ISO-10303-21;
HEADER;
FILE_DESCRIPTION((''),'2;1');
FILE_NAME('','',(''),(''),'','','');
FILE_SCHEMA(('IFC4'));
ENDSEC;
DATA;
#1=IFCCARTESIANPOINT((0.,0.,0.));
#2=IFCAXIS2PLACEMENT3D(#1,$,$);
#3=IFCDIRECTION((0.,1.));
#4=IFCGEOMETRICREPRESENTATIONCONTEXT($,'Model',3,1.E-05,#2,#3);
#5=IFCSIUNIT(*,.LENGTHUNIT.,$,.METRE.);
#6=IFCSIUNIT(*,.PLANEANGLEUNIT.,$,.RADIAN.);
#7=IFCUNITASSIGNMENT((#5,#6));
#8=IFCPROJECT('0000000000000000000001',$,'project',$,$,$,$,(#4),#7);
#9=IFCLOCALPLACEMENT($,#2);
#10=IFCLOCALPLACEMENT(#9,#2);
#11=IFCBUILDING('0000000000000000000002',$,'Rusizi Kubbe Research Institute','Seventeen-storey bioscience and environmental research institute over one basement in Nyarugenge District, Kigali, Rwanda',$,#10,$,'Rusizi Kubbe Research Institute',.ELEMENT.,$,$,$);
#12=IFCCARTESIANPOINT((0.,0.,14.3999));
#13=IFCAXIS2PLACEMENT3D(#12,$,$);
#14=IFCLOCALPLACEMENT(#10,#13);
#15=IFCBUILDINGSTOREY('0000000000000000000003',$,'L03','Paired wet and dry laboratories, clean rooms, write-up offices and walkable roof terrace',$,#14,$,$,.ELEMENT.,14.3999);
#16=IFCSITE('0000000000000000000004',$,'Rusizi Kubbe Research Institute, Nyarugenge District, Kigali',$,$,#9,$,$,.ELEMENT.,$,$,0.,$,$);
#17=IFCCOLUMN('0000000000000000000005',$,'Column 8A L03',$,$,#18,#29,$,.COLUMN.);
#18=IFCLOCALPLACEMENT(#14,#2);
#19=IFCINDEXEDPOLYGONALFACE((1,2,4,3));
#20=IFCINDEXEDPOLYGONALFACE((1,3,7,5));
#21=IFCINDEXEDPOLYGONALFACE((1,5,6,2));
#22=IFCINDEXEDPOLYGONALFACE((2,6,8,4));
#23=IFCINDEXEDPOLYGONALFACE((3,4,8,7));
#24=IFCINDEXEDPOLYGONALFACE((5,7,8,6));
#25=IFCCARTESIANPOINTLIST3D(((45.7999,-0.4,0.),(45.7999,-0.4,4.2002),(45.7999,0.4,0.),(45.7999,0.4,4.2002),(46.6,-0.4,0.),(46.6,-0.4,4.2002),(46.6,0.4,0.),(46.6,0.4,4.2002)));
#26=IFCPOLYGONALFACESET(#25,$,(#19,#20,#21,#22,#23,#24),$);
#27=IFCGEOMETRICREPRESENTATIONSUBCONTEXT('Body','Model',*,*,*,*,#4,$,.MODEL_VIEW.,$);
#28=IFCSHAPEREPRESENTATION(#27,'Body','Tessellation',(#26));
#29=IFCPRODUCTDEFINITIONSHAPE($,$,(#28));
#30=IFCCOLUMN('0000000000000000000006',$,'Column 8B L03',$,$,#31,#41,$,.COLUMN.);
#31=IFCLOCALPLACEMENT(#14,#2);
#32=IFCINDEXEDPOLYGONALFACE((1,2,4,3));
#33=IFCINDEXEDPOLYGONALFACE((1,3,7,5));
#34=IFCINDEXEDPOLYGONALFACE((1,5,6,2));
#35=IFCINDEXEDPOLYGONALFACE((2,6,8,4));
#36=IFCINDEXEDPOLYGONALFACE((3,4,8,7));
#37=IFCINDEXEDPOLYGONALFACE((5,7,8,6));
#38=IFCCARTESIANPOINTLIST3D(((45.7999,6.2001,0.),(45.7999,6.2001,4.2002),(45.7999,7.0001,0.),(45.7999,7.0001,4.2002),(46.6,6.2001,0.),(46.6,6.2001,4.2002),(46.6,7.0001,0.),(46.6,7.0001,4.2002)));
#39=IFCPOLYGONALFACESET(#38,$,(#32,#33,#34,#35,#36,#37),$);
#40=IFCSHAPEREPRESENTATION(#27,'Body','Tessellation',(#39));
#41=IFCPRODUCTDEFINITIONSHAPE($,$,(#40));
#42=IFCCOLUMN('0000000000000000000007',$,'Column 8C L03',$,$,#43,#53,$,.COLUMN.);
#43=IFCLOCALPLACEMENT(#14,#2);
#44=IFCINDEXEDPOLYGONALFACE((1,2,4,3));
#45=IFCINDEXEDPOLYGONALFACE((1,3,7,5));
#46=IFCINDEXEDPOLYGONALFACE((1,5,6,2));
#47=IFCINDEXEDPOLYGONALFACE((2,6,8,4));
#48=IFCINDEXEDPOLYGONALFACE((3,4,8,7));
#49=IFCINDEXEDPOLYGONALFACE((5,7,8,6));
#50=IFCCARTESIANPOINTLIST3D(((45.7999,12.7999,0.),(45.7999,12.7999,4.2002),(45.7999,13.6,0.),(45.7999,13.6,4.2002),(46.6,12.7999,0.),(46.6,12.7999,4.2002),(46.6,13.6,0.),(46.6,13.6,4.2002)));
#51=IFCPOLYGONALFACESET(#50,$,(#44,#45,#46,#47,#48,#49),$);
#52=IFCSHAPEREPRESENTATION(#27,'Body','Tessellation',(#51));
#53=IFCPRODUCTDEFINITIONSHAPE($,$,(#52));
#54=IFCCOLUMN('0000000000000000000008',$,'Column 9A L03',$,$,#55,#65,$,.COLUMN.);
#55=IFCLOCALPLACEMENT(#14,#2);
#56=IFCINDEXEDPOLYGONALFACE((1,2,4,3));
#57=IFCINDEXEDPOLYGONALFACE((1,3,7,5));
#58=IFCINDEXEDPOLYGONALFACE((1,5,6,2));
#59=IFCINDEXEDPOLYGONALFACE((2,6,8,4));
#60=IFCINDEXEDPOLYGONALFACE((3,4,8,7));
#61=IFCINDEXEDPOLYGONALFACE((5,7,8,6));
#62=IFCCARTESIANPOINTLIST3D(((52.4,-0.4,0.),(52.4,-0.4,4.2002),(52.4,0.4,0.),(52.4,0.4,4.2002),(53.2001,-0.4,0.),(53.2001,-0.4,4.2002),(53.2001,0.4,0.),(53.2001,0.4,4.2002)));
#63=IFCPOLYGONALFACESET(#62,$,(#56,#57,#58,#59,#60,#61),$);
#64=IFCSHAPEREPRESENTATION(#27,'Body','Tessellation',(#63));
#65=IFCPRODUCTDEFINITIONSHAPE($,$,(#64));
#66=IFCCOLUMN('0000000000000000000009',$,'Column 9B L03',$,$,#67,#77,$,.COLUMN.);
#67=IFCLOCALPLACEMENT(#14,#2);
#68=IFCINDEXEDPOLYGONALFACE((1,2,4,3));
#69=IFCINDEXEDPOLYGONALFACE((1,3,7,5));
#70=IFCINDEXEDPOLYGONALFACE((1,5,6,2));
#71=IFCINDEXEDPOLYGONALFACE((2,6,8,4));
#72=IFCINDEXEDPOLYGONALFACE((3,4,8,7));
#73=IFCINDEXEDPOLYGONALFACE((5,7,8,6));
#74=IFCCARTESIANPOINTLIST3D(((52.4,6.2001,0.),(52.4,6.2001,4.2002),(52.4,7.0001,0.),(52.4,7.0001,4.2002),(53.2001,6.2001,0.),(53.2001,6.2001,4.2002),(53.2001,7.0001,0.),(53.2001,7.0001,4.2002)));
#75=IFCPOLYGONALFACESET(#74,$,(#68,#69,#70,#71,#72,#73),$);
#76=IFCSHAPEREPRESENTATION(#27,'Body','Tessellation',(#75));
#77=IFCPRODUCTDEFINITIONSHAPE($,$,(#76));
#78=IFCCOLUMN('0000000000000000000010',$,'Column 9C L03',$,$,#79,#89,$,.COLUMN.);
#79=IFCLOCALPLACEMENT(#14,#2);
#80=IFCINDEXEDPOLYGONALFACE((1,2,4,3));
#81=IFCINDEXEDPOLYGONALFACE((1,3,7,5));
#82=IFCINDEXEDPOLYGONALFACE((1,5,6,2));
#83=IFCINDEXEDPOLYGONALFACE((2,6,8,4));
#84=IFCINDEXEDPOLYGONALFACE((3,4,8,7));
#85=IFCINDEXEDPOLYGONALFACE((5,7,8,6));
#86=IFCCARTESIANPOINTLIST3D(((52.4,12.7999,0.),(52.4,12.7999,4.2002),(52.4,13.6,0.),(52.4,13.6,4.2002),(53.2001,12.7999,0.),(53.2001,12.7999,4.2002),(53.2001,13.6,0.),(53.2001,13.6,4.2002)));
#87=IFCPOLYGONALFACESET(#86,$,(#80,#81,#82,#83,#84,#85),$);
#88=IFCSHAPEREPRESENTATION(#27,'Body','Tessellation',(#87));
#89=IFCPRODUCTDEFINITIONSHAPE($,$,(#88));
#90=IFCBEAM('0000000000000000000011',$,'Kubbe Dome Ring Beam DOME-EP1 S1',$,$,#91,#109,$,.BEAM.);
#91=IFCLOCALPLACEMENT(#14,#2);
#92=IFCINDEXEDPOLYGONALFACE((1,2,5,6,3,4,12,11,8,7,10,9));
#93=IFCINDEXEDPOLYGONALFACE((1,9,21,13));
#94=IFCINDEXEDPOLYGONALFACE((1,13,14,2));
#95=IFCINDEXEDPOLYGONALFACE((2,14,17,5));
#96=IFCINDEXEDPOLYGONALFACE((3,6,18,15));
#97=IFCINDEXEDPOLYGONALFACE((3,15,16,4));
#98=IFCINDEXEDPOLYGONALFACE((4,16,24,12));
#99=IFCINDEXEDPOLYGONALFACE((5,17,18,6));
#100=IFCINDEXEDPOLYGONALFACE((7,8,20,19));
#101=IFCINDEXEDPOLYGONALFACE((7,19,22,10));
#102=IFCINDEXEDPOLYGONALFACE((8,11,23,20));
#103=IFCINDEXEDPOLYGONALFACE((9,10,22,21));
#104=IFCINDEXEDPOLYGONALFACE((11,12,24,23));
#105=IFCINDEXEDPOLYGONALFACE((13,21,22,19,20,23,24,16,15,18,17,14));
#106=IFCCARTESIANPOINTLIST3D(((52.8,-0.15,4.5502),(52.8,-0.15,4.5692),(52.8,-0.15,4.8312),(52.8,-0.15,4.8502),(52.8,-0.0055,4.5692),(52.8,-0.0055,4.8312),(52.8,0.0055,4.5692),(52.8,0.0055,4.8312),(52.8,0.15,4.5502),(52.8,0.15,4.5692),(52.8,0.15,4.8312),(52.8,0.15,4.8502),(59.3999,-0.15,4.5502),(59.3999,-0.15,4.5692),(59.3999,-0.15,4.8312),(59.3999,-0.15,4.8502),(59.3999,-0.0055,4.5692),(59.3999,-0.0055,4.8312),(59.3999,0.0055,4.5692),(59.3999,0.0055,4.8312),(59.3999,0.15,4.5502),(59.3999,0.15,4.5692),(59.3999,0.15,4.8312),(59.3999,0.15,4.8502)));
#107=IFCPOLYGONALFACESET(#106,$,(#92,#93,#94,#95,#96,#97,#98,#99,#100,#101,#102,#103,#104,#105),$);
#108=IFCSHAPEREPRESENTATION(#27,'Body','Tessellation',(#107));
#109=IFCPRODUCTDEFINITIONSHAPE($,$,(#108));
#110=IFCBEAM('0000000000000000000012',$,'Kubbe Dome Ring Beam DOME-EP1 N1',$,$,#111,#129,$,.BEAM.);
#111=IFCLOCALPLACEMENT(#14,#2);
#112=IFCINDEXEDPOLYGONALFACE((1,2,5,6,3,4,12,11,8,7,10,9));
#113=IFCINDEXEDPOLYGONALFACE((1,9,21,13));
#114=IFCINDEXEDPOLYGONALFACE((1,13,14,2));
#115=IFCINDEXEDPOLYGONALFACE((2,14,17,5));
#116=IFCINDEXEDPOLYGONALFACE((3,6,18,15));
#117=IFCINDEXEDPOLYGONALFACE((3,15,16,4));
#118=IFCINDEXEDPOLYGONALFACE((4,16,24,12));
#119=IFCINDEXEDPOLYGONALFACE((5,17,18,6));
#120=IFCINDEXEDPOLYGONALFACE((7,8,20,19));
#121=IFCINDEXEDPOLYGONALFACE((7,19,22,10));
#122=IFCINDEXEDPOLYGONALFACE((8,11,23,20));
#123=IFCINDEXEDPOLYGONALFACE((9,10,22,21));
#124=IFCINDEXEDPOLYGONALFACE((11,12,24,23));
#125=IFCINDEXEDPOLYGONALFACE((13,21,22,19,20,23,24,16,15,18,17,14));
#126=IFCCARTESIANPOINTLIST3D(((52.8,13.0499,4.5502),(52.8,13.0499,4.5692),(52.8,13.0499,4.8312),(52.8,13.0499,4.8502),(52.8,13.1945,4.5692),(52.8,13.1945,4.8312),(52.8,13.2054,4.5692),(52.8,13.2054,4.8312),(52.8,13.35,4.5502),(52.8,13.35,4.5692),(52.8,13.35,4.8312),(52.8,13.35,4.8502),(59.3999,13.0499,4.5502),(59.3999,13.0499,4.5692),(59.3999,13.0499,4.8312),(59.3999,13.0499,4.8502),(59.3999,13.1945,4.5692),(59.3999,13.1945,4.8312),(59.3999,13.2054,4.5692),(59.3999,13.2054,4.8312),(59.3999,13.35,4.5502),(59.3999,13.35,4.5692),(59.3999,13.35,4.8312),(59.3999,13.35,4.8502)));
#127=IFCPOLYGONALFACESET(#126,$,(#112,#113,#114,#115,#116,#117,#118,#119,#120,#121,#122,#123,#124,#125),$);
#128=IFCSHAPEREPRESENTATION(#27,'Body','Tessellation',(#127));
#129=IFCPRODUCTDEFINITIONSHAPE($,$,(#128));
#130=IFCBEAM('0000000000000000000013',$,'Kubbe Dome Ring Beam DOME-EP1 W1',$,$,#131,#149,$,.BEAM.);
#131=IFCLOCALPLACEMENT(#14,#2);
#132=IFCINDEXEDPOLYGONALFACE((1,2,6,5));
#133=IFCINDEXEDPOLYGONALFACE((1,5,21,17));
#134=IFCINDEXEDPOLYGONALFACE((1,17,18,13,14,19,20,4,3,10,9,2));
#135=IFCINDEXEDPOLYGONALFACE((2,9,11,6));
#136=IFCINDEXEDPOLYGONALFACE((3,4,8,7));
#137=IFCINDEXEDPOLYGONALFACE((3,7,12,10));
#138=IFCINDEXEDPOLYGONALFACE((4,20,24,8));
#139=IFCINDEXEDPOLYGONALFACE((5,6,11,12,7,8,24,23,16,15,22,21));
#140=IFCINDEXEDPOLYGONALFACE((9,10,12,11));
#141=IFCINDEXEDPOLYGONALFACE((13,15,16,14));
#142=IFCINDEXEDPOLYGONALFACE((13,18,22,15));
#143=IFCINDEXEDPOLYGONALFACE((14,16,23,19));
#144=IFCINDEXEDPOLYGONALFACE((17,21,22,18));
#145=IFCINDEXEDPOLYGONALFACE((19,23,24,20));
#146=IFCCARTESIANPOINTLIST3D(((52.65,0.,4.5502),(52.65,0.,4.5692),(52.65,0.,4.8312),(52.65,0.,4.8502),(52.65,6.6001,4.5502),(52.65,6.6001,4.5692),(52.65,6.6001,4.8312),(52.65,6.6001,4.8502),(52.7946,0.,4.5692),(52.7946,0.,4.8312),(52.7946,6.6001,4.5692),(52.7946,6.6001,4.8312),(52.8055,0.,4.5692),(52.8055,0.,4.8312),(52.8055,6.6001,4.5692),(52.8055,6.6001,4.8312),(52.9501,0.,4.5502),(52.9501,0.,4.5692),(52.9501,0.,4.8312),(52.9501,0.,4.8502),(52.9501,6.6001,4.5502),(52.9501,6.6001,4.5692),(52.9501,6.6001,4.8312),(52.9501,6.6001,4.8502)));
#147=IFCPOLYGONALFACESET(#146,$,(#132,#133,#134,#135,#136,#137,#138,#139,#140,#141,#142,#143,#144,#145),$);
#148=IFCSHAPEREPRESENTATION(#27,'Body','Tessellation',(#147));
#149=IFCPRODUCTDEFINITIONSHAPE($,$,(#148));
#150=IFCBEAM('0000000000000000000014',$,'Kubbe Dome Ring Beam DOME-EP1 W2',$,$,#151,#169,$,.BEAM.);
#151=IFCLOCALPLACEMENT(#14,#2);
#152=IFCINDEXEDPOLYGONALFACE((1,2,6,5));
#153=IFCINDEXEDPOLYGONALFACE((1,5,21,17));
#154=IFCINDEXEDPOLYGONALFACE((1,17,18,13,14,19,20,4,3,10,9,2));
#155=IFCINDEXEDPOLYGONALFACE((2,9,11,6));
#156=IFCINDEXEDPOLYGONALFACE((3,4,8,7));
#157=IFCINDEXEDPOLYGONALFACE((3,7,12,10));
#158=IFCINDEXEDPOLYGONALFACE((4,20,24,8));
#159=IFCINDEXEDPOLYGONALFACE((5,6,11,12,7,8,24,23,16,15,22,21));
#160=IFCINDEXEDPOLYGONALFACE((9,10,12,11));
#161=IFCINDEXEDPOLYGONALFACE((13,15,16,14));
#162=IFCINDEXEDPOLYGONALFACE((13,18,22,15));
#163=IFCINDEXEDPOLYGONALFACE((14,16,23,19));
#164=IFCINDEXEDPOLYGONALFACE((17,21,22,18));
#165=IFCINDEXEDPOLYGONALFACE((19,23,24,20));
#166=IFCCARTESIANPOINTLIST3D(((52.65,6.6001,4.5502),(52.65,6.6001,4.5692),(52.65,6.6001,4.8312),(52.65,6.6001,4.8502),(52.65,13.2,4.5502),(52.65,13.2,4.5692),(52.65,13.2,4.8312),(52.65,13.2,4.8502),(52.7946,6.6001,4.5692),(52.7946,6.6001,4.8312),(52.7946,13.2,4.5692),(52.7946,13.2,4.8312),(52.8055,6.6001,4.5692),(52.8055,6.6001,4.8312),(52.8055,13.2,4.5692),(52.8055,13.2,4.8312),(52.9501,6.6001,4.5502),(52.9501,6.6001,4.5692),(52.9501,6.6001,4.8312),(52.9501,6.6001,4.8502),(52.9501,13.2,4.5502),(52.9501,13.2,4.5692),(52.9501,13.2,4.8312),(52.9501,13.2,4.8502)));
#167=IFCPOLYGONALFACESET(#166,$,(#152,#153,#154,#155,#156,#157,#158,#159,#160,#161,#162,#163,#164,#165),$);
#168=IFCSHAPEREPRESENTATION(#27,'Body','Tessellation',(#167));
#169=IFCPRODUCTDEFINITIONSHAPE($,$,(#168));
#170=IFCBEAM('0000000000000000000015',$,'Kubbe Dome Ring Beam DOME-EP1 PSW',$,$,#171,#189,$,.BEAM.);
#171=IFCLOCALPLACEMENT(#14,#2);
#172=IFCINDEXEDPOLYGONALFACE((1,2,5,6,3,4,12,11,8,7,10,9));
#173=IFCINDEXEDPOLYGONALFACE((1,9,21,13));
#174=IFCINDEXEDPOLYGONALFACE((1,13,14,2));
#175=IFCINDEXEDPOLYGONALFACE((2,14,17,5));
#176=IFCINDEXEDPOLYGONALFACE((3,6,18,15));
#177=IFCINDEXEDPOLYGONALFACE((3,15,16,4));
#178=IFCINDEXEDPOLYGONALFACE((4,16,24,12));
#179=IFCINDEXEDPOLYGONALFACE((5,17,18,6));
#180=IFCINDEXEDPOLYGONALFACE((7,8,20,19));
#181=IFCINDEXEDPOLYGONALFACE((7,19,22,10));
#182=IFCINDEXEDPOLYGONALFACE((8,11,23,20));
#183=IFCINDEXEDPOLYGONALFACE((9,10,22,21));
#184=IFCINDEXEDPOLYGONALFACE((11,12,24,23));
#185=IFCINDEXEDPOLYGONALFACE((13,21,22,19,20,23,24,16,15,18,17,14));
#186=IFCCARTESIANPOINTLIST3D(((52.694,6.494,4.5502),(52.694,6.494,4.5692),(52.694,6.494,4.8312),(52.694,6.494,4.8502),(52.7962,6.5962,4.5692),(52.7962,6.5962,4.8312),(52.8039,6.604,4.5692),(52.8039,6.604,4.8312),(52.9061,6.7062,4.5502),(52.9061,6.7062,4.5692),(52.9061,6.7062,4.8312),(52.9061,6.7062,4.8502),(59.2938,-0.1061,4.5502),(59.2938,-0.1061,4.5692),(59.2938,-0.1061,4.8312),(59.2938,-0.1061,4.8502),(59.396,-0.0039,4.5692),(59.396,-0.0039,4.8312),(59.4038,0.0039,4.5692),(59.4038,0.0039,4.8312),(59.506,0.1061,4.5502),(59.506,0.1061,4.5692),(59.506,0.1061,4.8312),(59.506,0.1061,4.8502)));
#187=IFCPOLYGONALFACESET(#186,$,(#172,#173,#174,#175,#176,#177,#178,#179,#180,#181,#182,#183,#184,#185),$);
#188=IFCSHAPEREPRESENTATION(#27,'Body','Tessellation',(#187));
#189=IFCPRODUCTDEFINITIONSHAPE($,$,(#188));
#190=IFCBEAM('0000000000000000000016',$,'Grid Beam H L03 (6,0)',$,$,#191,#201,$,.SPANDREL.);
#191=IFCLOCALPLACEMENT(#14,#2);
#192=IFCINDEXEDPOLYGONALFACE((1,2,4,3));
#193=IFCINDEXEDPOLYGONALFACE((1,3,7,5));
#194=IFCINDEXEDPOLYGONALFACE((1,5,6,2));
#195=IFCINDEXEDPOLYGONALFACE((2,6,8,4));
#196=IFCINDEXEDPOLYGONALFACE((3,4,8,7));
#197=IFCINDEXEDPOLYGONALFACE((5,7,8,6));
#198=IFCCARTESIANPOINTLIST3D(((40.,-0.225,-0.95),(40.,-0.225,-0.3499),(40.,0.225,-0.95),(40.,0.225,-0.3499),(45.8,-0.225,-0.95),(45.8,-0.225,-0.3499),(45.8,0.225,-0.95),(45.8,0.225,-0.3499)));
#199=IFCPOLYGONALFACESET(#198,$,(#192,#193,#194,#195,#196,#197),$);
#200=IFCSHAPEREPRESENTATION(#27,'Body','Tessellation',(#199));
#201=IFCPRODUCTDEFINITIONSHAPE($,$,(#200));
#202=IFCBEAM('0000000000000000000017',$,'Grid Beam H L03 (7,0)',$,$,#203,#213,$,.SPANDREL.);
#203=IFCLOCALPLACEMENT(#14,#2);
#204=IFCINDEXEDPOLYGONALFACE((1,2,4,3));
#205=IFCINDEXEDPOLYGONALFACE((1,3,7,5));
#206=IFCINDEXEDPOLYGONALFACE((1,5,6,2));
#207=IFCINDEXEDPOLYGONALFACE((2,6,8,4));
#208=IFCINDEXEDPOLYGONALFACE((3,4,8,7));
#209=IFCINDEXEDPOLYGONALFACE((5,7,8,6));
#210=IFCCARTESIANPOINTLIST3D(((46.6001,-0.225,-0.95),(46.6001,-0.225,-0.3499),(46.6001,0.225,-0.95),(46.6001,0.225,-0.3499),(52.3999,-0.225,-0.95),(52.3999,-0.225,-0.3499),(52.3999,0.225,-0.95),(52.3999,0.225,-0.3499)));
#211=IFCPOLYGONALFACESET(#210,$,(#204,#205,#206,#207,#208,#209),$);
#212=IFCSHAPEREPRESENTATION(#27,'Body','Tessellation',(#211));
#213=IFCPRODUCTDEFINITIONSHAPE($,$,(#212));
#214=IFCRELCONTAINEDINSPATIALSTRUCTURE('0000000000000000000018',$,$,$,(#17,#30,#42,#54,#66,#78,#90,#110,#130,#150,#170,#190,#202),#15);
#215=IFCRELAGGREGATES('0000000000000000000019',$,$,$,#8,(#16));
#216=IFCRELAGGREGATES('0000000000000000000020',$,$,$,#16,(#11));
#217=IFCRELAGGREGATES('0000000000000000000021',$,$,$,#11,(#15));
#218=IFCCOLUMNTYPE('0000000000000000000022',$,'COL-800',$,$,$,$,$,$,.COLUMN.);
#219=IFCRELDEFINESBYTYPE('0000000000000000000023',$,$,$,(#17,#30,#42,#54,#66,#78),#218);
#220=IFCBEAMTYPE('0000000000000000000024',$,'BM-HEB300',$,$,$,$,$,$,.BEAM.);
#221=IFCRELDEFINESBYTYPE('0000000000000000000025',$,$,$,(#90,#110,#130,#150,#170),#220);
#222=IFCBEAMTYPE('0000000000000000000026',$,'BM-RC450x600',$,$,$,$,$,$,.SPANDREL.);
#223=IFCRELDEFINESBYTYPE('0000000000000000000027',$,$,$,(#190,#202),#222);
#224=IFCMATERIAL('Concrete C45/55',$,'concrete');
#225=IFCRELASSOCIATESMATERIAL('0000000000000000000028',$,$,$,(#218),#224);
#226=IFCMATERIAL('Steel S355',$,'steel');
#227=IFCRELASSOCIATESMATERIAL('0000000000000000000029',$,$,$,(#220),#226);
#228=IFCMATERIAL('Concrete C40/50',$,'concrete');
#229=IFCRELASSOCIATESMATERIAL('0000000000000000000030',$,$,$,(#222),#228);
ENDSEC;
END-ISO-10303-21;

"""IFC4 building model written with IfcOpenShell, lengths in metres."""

from ifc_helpers import new_model, si_unit, direction, frame, origin, origin_2d, place, context, subcontext, project, spatial, rectangle, i_section, extrude, material, material_profile, profile_set, type_object, element, save


model = new_model("IFC4")

# Units and contexts
model_context = context("Model", 3, precision=1e-05, world=origin(), true_north=direction((0.0, 1.0)))
body_context = subcontext(model_context, "Body", "Model", "MODEL_VIEW")
ifc_project = project(units=[si_unit("LENGTHUNIT", "METRE"), si_unit("PLANEANGLEUNIT", "RADIAN")], contexts=[model_context])

# Site, building, storey
site_placement = place(None, origin())
site = spatial("IfcSite", under=ifc_project, at=site_placement, Name="Rusizi Kubbe Research Institute, Nyarugenge District, Kigali", CompositionType="ELEMENT", RefElevation=0.0)
building_placement = place(site_placement, origin())
building = spatial("IfcBuilding", under=site, at=building_placement, Name="Rusizi Kubbe Research Institute", Description="Seventeen-storey bioscience and environmental research institute over one basement in Nyarugenge District, Kigali, Rwanda", LongName="Rusizi Kubbe Research Institute", CompositionType="ELEMENT")
storey_placement = place(building_placement, frame((0.0, 0.0, 14.3999)))
storey = spatial("IfcBuildingStorey", under=building, at=storey_placement, Name="L03", Description="Paired wet and dry laboratories, clean rooms, write-up offices and walkable roof terrace", CompositionType="ELEMENT", Elevation=14.3999)

# Columns
ifc_material_1 = material(Name="Concrete C45/55", Category="concrete")
ifc_material_profile_1 = material_profile(ifc_material_1, rectangle(XDim=0.8, YDim=0.8, at=origin_2d()), Name="RC800x800")
ifc_profile_set_1 = profile_set([ifc_material_profile_1], Name="Concrete C45/55")
column_type = type_object("IfcColumnType", Name="COL-800", PredefinedType="COLUMN", material=ifc_profile_set_1)
for number, where, z_axis, x_axis, name in (
    (1, (46.2, 0.0, 0.0), (0.0, 0.0, 1.0), (1.0, 0.0, 0.0), "Column 8A L03"),
    (2, (46.2, 6.6001, 0.0), (0.0, 0.0, 1.0), (1.0, 0.0, 0.0), "Column 8B L03"),
    (3, (46.2, 13.2, 0.0), (0.0, 0.0, 1.0), (1.0, 0.0, 0.0), "Column 8C L03"),
    (4, (52.8, 0.0, 0.0), (0.0, 0.0, 1.0), (1.0, 0.0, 0.0), "Column 9A L03"),
    (5, (52.8, 6.6001, 0.0), (0.0, 0.0, 1.0), (1.0, 0.0, 0.0), "Column 9B L03"),
    (6, (52.8, 13.2, 0.0), (0.0, 0.0, 1.0), (1.0, 0.0, 0.0), "Column 9C L03"),
):
    element("IfcColumn", number, at=place(storey_placement, frame(where, z_axis=z_axis, x_axis=x_axis)), inside=storey, type_object=column_type, Name=name, PredefinedType="COLUMN", context=body_context, shape_type="SweptSolid", body=[
        extrude(rectangle(XDim=0.8, YDim=0.8, at=origin_2d()), origin(), (0.0, 0.0, 1.0), 4.2002),
    ])

# Beams
ifc_material_2 = material(Name="Steel S355", Category="steel")
ifc_material_profile_2 = material_profile(ifc_material_2, i_section(OverallWidth=0.3, OverallDepth=0.3, WebThickness=0.011, FlangeThickness=0.019, at=origin_2d()), Name="HEB 300")
ifc_profile_set_2 = profile_set([ifc_material_profile_2], Name="Steel S355")
beam_type_1 = type_object("IfcBeamType", Name="BM-HEB300", PredefinedType="BEAM", material=ifc_profile_set_2)
for number, where, z_axis, x_axis, name in (
    (7, (52.8, 0.0, 4.7002), (1.0, 0.0, 0.0), (0.0, 1.0, 0.0), "Kubbe Dome Ring Beam DOME-EP1 S1"),
    (8, (52.8, 13.2, 4.7002), (1.0, 0.0, 0.0), (0.0, 1.0, 0.0), "Kubbe Dome Ring Beam DOME-EP1 N1"),
):
    element("IfcBeam", number, at=place(storey_placement, frame(where, z_axis=z_axis, x_axis=x_axis)), inside=storey, type_object=beam_type_1, Name=name, PredefinedType="BEAM", context=body_context, shape_type="SweptSolid", body=[
        extrude(i_section(OverallWidth=0.3, OverallDepth=0.3, WebThickness=0.011, FlangeThickness=0.019, at=origin_2d()), origin(), (0.0, 0.0, 1.0), 6.5999),
    ])
beam_1_placement = place(storey_placement, frame((52.8, 0.0, 4.7002), z_axis=(0.0, 1.0, 0.0), x_axis=(-1.0, 0.0, 0.0)))
element("IfcBeam", 9, at=beam_1_placement, inside=storey, type_object=beam_type_1, Name="Kubbe Dome Ring Beam DOME-EP1 W1", PredefinedType="BEAM", context=body_context, shape_type="SweptSolid", body=[
    extrude(i_section(OverallWidth=0.3, OverallDepth=0.3, WebThickness=0.011, FlangeThickness=0.019, at=origin_2d()), origin(), (0.0, 0.0, 1.0), 6.6001),
])
beam_2_placement = place(storey_placement, frame((52.8, 6.6001, 4.7002), z_axis=(0.0, 1.0, 0.0), x_axis=(-1.0, 0.0, 0.0)))
element("IfcBeam", 10, at=beam_2_placement, inside=storey, type_object=beam_type_1, Name="Kubbe Dome Ring Beam DOME-EP1 W2", PredefinedType="BEAM", context=body_context, shape_type="SweptSolid", body=[
    extrude(i_section(OverallWidth=0.3, OverallDepth=0.3, WebThickness=0.011, FlangeThickness=0.019, at=origin_2d()), origin(), (0.0, 0.0, 1.0), 6.5999),
])
beam_3_placement = place(storey_placement, frame((52.8, 6.6001, 4.7002), z_axis=(0.707094, -0.70712, 0.0), x_axis=(0.70712, 0.707094, 0.0)))
element("IfcBeam", 11, at=beam_3_placement, inside=storey, type_object=beam_type_1, Name="Kubbe Dome Ring Beam DOME-EP1 PSW", PredefinedType="BEAM", context=body_context, shape_type="SweptSolid", body=[
    extrude(i_section(OverallWidth=0.3, OverallDepth=0.3, WebThickness=0.011, FlangeThickness=0.019, at=origin_2d()), origin(), (0.0, 0.0, 1.0), 9.3337),
])
ifc_material_3 = material(Name="Concrete C40/50", Category="concrete")
ifc_material_profile_3 = material_profile(ifc_material_3, rectangle(XDim=0.45, YDim=0.6001, at=origin_2d()), Name="RC450x600")
ifc_profile_set_3 = profile_set([ifc_material_profile_3], Name="Concrete C40/50")
beam_type_2 = type_object("IfcBeamType", Name="BM-RC450x600", PredefinedType="SPANDREL", material=ifc_profile_set_3)
beam_4_placement = place(storey_placement, frame((40.0, 0.0, -0.6499), z_axis=(1.0, 0.0, 0.0), x_axis=(0.0, 1.0, 0.0)))
element("IfcBeam", 12, at=beam_4_placement, inside=storey, type_object=beam_type_2, Name="Grid Beam H L03 (6,0)", PredefinedType="SPANDREL", context=body_context, shape_type="SweptSolid", body=[
    extrude(rectangle(XDim=0.45, YDim=0.6001, at=origin_2d()), origin(), (0.0, 0.0, 1.0), 5.8),
])
beam_5_placement = place(storey_placement, frame((46.6001, 0.0, -0.6499), z_axis=(1.0, 0.0, 0.0), x_axis=(0.0, 1.0, 0.0)))
element("IfcBeam", 13, at=beam_5_placement, inside=storey, type_object=beam_type_2, Name="Grid Beam H L03 (7,0)", PredefinedType="SPANDREL", context=body_context, shape_type="SweptSolid", body=[
    extrude(rectangle(XDim=0.45, YDim=0.6001, at=origin_2d()), origin(), (0.0, 0.0, 1.0), 5.7998),
])

save(model, "model.ifc")
